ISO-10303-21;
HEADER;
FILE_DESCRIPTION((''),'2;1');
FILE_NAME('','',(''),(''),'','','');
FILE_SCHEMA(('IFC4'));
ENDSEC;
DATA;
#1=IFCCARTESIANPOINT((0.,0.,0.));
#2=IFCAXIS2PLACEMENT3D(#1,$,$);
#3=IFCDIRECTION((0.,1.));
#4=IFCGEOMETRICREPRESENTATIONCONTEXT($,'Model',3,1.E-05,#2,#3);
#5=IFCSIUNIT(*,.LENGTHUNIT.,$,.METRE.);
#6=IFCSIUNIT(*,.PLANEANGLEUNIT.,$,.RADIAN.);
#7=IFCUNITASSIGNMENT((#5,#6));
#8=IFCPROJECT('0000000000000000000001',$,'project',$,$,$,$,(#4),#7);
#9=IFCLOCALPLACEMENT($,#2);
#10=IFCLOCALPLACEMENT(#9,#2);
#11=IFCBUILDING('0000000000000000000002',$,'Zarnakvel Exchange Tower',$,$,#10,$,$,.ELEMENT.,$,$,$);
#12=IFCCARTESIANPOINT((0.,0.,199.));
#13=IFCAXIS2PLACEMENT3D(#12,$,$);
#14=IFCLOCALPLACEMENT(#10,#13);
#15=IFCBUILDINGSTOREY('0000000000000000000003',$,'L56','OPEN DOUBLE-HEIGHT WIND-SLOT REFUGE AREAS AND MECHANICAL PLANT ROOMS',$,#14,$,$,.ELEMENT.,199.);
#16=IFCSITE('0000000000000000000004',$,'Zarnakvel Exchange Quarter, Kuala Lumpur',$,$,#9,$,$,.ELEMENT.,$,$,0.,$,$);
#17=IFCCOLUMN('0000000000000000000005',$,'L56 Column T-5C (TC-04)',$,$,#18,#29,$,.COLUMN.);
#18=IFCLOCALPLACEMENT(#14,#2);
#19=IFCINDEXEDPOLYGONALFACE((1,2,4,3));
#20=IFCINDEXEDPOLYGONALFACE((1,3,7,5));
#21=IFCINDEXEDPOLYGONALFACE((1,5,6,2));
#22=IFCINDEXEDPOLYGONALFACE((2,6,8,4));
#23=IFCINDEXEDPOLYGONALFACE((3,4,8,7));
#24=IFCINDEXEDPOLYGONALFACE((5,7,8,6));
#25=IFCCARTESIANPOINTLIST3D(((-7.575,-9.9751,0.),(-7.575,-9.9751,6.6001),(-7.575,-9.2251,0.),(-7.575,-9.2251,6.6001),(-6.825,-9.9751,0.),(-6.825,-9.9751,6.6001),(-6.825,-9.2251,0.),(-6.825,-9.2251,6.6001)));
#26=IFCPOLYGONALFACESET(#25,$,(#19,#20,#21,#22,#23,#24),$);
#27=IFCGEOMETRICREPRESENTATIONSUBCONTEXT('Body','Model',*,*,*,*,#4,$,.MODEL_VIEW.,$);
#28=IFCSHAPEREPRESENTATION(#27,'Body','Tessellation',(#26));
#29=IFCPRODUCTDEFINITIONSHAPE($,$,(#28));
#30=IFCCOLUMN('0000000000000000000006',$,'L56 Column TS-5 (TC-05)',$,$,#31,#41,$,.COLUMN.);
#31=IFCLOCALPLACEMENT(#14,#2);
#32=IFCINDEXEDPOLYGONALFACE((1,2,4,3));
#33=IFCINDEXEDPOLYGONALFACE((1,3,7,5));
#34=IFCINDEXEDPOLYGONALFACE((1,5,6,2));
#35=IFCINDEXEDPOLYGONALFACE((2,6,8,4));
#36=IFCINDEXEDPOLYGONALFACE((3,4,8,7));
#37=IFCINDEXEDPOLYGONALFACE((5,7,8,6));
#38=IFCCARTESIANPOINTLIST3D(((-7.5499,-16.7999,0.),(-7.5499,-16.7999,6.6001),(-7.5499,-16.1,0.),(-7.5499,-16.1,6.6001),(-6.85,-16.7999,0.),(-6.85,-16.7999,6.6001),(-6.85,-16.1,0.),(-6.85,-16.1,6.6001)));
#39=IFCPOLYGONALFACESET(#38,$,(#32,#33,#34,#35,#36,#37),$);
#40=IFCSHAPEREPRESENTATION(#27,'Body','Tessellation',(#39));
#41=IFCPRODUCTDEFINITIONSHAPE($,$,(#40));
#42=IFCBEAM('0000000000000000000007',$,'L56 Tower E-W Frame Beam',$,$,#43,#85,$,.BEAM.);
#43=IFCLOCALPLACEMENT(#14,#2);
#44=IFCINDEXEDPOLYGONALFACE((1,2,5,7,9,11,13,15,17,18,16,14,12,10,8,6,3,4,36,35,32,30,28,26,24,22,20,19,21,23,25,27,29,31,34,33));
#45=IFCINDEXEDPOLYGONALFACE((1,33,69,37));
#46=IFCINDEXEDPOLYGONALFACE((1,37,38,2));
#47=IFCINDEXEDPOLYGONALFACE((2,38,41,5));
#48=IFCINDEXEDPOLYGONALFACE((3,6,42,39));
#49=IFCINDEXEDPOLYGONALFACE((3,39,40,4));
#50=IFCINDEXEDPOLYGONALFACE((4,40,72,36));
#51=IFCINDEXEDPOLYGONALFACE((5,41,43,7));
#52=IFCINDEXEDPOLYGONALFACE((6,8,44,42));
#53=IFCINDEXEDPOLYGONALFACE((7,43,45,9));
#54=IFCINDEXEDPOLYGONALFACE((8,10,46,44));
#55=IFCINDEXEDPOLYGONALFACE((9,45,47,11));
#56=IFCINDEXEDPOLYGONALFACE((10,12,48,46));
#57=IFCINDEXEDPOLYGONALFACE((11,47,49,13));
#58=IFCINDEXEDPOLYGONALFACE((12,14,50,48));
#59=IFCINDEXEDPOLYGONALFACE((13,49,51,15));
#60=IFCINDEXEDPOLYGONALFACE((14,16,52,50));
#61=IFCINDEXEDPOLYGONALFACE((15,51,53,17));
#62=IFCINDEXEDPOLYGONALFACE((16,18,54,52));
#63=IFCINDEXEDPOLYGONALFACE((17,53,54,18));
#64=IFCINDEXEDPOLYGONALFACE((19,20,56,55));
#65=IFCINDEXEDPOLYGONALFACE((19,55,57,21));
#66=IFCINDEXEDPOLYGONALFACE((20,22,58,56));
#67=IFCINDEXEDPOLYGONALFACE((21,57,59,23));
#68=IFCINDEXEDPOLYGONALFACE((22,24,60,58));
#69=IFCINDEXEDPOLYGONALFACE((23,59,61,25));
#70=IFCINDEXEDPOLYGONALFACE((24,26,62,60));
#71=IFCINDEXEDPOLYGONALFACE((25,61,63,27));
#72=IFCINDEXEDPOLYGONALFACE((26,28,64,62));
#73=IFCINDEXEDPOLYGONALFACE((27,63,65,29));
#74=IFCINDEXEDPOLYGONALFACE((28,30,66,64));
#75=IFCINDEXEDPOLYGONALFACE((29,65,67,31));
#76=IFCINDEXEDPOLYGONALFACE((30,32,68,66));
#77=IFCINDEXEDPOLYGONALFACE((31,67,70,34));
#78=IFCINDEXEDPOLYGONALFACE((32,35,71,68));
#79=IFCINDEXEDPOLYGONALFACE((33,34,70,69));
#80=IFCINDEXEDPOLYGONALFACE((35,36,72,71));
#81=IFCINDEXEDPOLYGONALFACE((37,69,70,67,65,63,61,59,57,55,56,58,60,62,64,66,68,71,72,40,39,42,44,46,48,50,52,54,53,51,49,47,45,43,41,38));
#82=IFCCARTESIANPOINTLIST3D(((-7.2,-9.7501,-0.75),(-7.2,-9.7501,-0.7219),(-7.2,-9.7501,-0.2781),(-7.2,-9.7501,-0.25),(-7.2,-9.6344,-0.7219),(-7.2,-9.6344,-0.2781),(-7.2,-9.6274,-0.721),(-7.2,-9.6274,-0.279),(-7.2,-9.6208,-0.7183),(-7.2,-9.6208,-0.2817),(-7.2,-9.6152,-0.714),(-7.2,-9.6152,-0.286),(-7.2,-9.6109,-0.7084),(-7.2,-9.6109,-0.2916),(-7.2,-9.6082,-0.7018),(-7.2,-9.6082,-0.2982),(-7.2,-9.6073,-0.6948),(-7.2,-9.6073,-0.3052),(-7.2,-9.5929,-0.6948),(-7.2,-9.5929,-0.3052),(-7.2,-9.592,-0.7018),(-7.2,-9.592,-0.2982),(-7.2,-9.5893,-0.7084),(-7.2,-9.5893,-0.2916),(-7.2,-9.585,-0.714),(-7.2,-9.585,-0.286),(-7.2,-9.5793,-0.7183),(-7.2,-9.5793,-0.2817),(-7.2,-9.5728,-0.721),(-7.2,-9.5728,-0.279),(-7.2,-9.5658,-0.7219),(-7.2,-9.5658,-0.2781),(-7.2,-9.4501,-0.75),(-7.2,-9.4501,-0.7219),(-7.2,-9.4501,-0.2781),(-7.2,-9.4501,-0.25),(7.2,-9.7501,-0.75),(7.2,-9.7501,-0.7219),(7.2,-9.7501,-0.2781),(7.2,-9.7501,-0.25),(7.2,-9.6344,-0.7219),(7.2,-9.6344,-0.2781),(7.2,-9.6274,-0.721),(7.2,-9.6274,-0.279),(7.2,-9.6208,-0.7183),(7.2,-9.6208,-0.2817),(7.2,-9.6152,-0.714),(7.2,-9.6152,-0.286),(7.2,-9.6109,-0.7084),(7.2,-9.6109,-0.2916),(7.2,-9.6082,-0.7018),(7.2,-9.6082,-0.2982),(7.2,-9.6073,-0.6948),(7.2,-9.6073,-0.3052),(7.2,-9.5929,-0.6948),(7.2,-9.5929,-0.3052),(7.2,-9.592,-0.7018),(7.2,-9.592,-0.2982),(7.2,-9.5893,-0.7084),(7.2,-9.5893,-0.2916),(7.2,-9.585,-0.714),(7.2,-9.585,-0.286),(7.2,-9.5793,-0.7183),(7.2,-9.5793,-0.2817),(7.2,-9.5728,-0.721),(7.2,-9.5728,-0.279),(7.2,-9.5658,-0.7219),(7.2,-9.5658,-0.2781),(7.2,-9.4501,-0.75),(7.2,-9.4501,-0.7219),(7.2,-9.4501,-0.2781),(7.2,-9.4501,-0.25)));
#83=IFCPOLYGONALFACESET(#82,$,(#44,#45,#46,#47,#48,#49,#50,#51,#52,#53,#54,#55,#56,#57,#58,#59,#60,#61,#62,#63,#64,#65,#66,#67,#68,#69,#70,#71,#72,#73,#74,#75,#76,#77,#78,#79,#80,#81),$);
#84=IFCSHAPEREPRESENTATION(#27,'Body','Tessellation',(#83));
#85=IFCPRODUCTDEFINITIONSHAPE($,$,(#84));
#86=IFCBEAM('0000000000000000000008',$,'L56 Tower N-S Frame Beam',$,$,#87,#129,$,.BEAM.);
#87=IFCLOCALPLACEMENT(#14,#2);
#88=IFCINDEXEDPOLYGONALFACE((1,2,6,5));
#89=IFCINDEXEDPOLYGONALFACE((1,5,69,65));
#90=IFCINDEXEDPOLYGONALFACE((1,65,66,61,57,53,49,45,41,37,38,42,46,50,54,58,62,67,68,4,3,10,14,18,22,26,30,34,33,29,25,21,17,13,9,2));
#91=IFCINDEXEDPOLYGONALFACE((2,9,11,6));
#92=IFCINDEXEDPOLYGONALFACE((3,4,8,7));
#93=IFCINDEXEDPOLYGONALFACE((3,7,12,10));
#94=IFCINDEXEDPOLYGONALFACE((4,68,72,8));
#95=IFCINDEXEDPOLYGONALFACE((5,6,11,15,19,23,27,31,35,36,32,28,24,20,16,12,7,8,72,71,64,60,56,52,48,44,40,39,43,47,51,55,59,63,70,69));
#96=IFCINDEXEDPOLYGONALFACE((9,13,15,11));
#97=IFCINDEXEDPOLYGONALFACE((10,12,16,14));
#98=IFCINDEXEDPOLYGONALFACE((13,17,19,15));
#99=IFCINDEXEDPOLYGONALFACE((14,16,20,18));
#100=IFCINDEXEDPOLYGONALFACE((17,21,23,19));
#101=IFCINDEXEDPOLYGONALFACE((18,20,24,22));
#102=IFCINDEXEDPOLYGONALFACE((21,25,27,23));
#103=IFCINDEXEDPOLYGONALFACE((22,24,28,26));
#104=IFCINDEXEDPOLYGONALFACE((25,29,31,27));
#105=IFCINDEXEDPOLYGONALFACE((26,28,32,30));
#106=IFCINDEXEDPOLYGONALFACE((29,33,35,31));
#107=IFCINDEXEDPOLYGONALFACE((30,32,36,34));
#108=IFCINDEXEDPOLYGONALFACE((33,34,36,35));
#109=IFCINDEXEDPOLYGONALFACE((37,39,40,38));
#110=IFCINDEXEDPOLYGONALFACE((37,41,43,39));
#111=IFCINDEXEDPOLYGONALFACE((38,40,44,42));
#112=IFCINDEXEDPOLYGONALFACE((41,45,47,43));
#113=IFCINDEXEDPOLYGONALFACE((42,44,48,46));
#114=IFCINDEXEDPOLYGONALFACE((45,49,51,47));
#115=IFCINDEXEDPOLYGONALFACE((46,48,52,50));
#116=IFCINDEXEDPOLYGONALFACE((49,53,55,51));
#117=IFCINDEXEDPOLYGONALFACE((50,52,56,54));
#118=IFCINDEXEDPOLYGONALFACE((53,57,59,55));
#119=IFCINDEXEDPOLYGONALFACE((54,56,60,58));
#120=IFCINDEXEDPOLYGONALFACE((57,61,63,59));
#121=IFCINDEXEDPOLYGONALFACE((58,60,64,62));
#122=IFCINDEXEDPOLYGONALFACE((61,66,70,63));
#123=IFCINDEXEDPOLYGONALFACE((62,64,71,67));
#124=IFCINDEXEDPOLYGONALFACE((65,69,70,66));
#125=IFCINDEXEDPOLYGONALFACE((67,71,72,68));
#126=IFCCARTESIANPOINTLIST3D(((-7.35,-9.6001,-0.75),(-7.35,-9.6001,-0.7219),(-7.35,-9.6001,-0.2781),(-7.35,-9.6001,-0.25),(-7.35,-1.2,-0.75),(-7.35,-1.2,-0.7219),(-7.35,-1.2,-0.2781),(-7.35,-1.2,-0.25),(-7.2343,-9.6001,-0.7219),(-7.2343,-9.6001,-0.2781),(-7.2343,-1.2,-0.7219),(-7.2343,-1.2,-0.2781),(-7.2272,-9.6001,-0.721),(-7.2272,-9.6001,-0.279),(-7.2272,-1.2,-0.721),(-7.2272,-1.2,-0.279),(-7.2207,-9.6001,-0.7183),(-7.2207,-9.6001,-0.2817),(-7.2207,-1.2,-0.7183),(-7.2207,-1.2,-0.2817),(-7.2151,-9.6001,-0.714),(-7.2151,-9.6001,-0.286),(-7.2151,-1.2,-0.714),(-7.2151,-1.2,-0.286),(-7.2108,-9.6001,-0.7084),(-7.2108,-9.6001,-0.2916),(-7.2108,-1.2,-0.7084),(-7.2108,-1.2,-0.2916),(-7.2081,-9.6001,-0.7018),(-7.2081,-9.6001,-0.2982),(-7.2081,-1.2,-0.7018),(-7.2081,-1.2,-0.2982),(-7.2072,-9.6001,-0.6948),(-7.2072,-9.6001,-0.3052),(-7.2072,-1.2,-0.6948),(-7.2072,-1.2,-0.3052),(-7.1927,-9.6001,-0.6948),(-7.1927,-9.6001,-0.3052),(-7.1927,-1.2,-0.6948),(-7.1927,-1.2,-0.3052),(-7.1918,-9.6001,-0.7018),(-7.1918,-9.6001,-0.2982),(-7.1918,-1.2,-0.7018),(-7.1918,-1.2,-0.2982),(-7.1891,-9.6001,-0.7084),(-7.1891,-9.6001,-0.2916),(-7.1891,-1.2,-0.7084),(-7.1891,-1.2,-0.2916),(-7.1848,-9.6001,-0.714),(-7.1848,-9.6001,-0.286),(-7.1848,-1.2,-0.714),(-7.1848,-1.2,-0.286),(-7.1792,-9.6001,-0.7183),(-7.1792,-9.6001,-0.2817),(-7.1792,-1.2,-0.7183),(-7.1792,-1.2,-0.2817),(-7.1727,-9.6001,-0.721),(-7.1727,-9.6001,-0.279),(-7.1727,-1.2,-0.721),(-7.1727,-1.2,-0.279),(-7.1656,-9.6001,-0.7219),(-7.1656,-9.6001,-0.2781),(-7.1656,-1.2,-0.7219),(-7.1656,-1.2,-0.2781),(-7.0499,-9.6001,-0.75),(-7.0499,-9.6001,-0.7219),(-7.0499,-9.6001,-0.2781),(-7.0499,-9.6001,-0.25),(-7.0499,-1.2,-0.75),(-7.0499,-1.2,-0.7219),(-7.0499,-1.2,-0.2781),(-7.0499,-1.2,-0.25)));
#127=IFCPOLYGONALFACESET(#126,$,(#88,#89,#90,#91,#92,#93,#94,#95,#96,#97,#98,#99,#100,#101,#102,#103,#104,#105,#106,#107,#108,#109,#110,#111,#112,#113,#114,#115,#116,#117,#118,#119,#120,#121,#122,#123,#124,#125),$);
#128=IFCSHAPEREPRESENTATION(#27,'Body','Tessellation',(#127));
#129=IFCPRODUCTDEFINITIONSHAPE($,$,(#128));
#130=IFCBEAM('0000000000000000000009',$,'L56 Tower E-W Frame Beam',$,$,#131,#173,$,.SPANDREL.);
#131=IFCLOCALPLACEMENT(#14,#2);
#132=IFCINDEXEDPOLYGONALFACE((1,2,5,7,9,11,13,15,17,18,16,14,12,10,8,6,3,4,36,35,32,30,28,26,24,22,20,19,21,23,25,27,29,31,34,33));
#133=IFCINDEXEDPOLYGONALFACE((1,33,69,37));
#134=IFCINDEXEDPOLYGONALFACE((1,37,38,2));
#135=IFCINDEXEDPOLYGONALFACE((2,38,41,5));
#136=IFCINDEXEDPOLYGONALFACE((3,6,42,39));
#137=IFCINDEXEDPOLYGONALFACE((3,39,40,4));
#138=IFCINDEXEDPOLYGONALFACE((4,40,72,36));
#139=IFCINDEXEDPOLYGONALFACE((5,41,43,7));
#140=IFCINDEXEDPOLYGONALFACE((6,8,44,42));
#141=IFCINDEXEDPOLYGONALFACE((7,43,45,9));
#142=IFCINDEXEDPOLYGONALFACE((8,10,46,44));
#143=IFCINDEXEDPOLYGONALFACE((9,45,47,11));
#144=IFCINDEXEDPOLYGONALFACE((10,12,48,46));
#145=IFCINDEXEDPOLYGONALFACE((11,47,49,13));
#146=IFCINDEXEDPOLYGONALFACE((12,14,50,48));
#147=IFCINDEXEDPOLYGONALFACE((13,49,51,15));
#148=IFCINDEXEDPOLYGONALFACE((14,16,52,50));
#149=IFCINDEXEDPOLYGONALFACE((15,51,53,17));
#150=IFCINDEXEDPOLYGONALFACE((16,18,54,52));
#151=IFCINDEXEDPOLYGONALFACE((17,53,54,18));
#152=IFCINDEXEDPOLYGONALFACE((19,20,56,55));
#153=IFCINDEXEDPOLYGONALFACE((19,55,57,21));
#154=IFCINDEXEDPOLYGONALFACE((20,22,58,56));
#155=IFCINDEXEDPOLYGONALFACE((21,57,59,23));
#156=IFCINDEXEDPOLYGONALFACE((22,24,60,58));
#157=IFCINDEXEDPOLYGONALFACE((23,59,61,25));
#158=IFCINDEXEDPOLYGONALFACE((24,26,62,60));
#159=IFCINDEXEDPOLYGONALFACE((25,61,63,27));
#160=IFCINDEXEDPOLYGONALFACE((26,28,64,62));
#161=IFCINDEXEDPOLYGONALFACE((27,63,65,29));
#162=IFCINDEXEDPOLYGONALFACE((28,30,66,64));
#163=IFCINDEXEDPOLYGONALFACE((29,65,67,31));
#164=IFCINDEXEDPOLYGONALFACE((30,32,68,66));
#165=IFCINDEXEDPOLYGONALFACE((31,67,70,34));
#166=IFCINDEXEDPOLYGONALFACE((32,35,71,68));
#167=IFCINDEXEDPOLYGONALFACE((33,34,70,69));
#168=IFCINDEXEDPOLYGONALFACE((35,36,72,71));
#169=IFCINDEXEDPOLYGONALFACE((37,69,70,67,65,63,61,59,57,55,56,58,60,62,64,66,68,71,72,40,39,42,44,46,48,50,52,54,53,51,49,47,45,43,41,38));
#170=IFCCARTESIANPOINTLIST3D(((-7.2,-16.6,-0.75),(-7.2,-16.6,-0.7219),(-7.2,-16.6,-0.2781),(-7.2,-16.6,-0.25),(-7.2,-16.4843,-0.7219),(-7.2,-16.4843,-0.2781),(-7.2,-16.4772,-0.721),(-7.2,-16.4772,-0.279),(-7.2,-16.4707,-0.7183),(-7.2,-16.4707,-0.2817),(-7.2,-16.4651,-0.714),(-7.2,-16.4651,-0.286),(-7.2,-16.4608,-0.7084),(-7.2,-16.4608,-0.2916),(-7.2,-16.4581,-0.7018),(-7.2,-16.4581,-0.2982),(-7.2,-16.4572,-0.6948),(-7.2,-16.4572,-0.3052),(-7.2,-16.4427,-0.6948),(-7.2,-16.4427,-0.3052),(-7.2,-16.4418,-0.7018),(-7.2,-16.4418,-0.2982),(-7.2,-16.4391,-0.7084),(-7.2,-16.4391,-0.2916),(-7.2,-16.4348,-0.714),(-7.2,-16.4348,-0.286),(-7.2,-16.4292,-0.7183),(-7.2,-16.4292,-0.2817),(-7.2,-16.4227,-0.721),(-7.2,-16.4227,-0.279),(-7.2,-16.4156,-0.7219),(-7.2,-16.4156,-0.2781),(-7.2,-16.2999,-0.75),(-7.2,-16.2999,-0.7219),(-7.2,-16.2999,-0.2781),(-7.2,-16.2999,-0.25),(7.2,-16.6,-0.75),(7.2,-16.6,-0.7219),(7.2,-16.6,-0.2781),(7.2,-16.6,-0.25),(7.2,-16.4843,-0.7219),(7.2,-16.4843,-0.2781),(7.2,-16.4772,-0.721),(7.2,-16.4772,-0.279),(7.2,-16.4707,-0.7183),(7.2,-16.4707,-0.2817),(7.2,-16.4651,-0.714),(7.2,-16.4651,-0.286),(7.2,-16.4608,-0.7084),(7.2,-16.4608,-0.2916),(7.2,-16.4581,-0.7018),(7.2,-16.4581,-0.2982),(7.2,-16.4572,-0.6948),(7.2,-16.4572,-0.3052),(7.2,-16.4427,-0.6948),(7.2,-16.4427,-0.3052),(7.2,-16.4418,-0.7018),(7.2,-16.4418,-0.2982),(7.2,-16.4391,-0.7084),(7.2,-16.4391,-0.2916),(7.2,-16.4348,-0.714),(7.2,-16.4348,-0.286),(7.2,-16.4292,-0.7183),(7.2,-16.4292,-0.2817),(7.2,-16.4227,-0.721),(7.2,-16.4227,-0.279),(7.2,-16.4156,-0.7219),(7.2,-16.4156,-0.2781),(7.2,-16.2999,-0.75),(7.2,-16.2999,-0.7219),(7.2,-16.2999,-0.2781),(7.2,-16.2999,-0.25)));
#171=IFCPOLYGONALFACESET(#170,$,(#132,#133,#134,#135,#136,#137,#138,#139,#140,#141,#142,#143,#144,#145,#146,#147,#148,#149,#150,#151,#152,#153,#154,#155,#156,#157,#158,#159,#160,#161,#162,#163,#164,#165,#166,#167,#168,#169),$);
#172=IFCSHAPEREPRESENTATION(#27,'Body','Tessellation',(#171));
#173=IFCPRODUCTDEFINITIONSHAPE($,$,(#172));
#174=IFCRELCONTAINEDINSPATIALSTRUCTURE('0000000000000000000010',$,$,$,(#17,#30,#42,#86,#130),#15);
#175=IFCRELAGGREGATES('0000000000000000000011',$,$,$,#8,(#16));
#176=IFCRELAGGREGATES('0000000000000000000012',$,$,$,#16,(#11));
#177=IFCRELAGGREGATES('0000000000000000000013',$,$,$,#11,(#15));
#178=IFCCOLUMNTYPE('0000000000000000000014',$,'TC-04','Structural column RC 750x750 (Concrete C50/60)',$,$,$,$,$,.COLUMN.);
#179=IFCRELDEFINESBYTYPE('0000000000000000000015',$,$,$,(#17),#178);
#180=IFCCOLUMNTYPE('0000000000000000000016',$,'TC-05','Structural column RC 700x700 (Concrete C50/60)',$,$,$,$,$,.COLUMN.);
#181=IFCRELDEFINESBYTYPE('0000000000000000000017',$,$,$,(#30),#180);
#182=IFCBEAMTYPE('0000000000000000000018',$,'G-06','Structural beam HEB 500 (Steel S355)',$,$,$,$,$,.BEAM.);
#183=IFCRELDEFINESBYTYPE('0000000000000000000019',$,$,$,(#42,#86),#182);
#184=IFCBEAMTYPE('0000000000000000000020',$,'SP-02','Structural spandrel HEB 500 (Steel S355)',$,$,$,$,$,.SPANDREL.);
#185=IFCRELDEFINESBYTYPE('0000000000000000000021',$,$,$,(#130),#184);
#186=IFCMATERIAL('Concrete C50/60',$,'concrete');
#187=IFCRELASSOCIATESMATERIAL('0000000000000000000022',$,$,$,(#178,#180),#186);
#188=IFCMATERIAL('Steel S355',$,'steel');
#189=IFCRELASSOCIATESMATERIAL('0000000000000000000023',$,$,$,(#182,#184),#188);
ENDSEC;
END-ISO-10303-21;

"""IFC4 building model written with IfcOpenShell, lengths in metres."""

from ifc_helpers import new_model, si_unit, direction, frame, origin, origin_2d, place, context, subcontext, project, spatial, rectangle, i_section, extrude, material, material_profile, profile_set, type_object, element, save


model = new_model("IFC4")

# Units and contexts
model_context = context("Model", 3, precision=1e-05, world=origin(), true_north=direction((0.0, 1.0)))
body_context = subcontext(model_context, "Body", "Model", "MODEL_VIEW")
ifc_project = project(units=[si_unit("LENGTHUNIT", "METRE"), si_unit("PLANEANGLEUNIT", "RADIAN")], contexts=[model_context])

# Site, building, storey
site_placement = place(None, origin())
site = spatial("IfcSite", under=ifc_project, at=site_placement, Name="Zarnakvel Exchange Quarter, Kuala Lumpur", CompositionType="ELEMENT", RefElevation=0.0)
building_placement = place(site_placement, origin())
building = spatial("IfcBuilding", under=site, at=building_placement, Name="Zarnakvel Exchange Tower", CompositionType="ELEMENT")
storey_placement = place(building_placement, frame((0.0, 0.0, 199.0)))
storey = spatial("IfcBuildingStorey", under=building, at=storey_placement, Name="L56", Description="OPEN DOUBLE-HEIGHT WIND-SLOT REFUGE AREAS AND MECHANICAL PLANT ROOMS", CompositionType="ELEMENT", Elevation=199.0)

# Columns
ifc_material_1 = material(Name="Concrete C50/60", Category="concrete")
ifc_material_profile_1 = material_profile(ifc_material_1, rectangle(XDim=0.75, YDim=0.75, at=origin_2d()))
ifc_profile_set_1 = profile_set([ifc_material_profile_1], Name="Concrete C50/60")
column_type_1 = type_object("IfcColumnType", Name="TC-04", Description="Structural column RC 750x750 (Concrete C50/60)", PredefinedType="COLUMN", material=ifc_profile_set_1)
column_1_placement = place(storey_placement, frame((-7.2, -9.6001, 0.0), z_axis=(0.0, 0.0, 1.0), x_axis=(1.0, 0.0, 0.0)))
element("IfcColumn", 1, at=column_1_placement, inside=storey, type_object=column_type_1, Name="L56 Column T-5C (TC-04)", PredefinedType="COLUMN", context=body_context, shape_type="SweptSolid", body=[
    extrude(rectangle(XDim=0.75, YDim=0.75, at=origin_2d()), origin(), (0.0, 0.0, 1.0), 6.6001),
])
ifc_material_profile_2 = material_profile(ifc_material_1, rectangle(XDim=0.7, YDim=0.7, at=origin_2d()))
ifc_profile_set_2 = profile_set([ifc_material_profile_2], Name="Concrete C50/60")
column_type_2 = type_object("IfcColumnType", Name="TC-05", Description="Structural column RC 700x700 (Concrete C50/60)", PredefinedType="COLUMN", material=ifc_profile_set_2)
column_2_placement = place(storey_placement, frame((-7.2, -16.45, 0.0), z_axis=(0.0, 0.0, 1.0), x_axis=(1.0, 0.0, 0.0)))
element("IfcColumn", 2, at=column_2_placement, inside=storey, type_object=column_type_2, Name="L56 Column TS-5 (TC-05)", PredefinedType="COLUMN", context=body_context, shape_type="SweptSolid", body=[
    extrude(rectangle(XDim=0.7, YDim=0.7, at=origin_2d()), origin(), (0.0, 0.0, 1.0), 6.6001),
])

# Beams
ifc_material_2 = material(Name="Steel S355", Category="steel")
ifc_material_profile_3 = material_profile(ifc_material_2, i_section(OverallWidth=0.3, OverallDepth=0.5, WebThickness=0.0144, FlangeThickness=0.0281, FilletRadius=0.0271, at=origin_2d()))
ifc_profile_set_3 = profile_set([ifc_material_profile_3], Name="Steel S355")
beam_type_1 = type_object("IfcBeamType", Name="G-06", Description="Structural beam HEB 500 (Steel S355)", PredefinedType="BEAM", material=ifc_profile_set_3)
beam_1_placement = place(storey_placement, frame((-7.2, -9.6001, -0.5), z_axis=(1.0, 0.0, 0.0), x_axis=(0.0, 1.0, 0.0)))
element("IfcBeam", 3, at=beam_1_placement, inside=storey, type_object=beam_type_1, Name="L56 Tower E-W Frame Beam", PredefinedType="BEAM", context=body_context, shape_type="SweptSolid", body=[
    extrude(i_section(OverallWidth=0.3, OverallDepth=0.5, WebThickness=0.0144, FlangeThickness=0.0281, FilletRadius=0.0271, at=origin_2d()), origin(), (0.0, 0.0, 1.0), 14.3999),
])
beam_2_placement = place(storey_placement, frame((-7.2, -9.6001, -0.5), z_axis=(0.0, 1.0, 0.0), x_axis=(-1.0, 0.0, 0.0)))
element("IfcBeam", 4, at=beam_2_placement, inside=storey, type_object=beam_type_1, Name="L56 Tower N-S Frame Beam", PredefinedType="BEAM", context=body_context, shape_type="SweptSolid", body=[
    extrude(i_section(OverallWidth=0.3, OverallDepth=0.5, WebThickness=0.0144, FlangeThickness=0.0281, FilletRadius=0.0271, at=origin_2d()), origin(), (0.0, 0.0, 1.0), 8.4001),
])
ifc_material_profile_4 = material_profile(ifc_material_2, i_section(OverallWidth=0.3, OverallDepth=0.5, WebThickness=0.0144, FlangeThickness=0.0281, FilletRadius=0.0271, at=origin_2d()))
ifc_profile_set_4 = profile_set([ifc_material_profile_4], Name="Steel S355")
beam_type_2 = type_object("IfcBeamType", Name="SP-02", Description="Structural spandrel HEB 500 (Steel S355)", PredefinedType="SPANDREL", material=ifc_profile_set_4)
beam_3_placement = place(storey_placement, frame((-7.2, -16.45, -0.5), z_axis=(1.0, 0.0, 0.0), x_axis=(0.0, 1.0, 0.0)))
element("IfcBeam", 5, at=beam_3_placement, inside=storey, type_object=beam_type_2, Name="L56 Tower E-W Frame Beam", PredefinedType="SPANDREL", context=body_context, shape_type="SweptSolid", body=[
    extrude(i_section(OverallWidth=0.3, OverallDepth=0.5, WebThickness=0.0144, FlangeThickness=0.0281, FilletRadius=0.0271, at=origin_2d()), origin(), (0.0, 0.0, 1.0), 14.3999),
])

save(model, "model.ifc")
